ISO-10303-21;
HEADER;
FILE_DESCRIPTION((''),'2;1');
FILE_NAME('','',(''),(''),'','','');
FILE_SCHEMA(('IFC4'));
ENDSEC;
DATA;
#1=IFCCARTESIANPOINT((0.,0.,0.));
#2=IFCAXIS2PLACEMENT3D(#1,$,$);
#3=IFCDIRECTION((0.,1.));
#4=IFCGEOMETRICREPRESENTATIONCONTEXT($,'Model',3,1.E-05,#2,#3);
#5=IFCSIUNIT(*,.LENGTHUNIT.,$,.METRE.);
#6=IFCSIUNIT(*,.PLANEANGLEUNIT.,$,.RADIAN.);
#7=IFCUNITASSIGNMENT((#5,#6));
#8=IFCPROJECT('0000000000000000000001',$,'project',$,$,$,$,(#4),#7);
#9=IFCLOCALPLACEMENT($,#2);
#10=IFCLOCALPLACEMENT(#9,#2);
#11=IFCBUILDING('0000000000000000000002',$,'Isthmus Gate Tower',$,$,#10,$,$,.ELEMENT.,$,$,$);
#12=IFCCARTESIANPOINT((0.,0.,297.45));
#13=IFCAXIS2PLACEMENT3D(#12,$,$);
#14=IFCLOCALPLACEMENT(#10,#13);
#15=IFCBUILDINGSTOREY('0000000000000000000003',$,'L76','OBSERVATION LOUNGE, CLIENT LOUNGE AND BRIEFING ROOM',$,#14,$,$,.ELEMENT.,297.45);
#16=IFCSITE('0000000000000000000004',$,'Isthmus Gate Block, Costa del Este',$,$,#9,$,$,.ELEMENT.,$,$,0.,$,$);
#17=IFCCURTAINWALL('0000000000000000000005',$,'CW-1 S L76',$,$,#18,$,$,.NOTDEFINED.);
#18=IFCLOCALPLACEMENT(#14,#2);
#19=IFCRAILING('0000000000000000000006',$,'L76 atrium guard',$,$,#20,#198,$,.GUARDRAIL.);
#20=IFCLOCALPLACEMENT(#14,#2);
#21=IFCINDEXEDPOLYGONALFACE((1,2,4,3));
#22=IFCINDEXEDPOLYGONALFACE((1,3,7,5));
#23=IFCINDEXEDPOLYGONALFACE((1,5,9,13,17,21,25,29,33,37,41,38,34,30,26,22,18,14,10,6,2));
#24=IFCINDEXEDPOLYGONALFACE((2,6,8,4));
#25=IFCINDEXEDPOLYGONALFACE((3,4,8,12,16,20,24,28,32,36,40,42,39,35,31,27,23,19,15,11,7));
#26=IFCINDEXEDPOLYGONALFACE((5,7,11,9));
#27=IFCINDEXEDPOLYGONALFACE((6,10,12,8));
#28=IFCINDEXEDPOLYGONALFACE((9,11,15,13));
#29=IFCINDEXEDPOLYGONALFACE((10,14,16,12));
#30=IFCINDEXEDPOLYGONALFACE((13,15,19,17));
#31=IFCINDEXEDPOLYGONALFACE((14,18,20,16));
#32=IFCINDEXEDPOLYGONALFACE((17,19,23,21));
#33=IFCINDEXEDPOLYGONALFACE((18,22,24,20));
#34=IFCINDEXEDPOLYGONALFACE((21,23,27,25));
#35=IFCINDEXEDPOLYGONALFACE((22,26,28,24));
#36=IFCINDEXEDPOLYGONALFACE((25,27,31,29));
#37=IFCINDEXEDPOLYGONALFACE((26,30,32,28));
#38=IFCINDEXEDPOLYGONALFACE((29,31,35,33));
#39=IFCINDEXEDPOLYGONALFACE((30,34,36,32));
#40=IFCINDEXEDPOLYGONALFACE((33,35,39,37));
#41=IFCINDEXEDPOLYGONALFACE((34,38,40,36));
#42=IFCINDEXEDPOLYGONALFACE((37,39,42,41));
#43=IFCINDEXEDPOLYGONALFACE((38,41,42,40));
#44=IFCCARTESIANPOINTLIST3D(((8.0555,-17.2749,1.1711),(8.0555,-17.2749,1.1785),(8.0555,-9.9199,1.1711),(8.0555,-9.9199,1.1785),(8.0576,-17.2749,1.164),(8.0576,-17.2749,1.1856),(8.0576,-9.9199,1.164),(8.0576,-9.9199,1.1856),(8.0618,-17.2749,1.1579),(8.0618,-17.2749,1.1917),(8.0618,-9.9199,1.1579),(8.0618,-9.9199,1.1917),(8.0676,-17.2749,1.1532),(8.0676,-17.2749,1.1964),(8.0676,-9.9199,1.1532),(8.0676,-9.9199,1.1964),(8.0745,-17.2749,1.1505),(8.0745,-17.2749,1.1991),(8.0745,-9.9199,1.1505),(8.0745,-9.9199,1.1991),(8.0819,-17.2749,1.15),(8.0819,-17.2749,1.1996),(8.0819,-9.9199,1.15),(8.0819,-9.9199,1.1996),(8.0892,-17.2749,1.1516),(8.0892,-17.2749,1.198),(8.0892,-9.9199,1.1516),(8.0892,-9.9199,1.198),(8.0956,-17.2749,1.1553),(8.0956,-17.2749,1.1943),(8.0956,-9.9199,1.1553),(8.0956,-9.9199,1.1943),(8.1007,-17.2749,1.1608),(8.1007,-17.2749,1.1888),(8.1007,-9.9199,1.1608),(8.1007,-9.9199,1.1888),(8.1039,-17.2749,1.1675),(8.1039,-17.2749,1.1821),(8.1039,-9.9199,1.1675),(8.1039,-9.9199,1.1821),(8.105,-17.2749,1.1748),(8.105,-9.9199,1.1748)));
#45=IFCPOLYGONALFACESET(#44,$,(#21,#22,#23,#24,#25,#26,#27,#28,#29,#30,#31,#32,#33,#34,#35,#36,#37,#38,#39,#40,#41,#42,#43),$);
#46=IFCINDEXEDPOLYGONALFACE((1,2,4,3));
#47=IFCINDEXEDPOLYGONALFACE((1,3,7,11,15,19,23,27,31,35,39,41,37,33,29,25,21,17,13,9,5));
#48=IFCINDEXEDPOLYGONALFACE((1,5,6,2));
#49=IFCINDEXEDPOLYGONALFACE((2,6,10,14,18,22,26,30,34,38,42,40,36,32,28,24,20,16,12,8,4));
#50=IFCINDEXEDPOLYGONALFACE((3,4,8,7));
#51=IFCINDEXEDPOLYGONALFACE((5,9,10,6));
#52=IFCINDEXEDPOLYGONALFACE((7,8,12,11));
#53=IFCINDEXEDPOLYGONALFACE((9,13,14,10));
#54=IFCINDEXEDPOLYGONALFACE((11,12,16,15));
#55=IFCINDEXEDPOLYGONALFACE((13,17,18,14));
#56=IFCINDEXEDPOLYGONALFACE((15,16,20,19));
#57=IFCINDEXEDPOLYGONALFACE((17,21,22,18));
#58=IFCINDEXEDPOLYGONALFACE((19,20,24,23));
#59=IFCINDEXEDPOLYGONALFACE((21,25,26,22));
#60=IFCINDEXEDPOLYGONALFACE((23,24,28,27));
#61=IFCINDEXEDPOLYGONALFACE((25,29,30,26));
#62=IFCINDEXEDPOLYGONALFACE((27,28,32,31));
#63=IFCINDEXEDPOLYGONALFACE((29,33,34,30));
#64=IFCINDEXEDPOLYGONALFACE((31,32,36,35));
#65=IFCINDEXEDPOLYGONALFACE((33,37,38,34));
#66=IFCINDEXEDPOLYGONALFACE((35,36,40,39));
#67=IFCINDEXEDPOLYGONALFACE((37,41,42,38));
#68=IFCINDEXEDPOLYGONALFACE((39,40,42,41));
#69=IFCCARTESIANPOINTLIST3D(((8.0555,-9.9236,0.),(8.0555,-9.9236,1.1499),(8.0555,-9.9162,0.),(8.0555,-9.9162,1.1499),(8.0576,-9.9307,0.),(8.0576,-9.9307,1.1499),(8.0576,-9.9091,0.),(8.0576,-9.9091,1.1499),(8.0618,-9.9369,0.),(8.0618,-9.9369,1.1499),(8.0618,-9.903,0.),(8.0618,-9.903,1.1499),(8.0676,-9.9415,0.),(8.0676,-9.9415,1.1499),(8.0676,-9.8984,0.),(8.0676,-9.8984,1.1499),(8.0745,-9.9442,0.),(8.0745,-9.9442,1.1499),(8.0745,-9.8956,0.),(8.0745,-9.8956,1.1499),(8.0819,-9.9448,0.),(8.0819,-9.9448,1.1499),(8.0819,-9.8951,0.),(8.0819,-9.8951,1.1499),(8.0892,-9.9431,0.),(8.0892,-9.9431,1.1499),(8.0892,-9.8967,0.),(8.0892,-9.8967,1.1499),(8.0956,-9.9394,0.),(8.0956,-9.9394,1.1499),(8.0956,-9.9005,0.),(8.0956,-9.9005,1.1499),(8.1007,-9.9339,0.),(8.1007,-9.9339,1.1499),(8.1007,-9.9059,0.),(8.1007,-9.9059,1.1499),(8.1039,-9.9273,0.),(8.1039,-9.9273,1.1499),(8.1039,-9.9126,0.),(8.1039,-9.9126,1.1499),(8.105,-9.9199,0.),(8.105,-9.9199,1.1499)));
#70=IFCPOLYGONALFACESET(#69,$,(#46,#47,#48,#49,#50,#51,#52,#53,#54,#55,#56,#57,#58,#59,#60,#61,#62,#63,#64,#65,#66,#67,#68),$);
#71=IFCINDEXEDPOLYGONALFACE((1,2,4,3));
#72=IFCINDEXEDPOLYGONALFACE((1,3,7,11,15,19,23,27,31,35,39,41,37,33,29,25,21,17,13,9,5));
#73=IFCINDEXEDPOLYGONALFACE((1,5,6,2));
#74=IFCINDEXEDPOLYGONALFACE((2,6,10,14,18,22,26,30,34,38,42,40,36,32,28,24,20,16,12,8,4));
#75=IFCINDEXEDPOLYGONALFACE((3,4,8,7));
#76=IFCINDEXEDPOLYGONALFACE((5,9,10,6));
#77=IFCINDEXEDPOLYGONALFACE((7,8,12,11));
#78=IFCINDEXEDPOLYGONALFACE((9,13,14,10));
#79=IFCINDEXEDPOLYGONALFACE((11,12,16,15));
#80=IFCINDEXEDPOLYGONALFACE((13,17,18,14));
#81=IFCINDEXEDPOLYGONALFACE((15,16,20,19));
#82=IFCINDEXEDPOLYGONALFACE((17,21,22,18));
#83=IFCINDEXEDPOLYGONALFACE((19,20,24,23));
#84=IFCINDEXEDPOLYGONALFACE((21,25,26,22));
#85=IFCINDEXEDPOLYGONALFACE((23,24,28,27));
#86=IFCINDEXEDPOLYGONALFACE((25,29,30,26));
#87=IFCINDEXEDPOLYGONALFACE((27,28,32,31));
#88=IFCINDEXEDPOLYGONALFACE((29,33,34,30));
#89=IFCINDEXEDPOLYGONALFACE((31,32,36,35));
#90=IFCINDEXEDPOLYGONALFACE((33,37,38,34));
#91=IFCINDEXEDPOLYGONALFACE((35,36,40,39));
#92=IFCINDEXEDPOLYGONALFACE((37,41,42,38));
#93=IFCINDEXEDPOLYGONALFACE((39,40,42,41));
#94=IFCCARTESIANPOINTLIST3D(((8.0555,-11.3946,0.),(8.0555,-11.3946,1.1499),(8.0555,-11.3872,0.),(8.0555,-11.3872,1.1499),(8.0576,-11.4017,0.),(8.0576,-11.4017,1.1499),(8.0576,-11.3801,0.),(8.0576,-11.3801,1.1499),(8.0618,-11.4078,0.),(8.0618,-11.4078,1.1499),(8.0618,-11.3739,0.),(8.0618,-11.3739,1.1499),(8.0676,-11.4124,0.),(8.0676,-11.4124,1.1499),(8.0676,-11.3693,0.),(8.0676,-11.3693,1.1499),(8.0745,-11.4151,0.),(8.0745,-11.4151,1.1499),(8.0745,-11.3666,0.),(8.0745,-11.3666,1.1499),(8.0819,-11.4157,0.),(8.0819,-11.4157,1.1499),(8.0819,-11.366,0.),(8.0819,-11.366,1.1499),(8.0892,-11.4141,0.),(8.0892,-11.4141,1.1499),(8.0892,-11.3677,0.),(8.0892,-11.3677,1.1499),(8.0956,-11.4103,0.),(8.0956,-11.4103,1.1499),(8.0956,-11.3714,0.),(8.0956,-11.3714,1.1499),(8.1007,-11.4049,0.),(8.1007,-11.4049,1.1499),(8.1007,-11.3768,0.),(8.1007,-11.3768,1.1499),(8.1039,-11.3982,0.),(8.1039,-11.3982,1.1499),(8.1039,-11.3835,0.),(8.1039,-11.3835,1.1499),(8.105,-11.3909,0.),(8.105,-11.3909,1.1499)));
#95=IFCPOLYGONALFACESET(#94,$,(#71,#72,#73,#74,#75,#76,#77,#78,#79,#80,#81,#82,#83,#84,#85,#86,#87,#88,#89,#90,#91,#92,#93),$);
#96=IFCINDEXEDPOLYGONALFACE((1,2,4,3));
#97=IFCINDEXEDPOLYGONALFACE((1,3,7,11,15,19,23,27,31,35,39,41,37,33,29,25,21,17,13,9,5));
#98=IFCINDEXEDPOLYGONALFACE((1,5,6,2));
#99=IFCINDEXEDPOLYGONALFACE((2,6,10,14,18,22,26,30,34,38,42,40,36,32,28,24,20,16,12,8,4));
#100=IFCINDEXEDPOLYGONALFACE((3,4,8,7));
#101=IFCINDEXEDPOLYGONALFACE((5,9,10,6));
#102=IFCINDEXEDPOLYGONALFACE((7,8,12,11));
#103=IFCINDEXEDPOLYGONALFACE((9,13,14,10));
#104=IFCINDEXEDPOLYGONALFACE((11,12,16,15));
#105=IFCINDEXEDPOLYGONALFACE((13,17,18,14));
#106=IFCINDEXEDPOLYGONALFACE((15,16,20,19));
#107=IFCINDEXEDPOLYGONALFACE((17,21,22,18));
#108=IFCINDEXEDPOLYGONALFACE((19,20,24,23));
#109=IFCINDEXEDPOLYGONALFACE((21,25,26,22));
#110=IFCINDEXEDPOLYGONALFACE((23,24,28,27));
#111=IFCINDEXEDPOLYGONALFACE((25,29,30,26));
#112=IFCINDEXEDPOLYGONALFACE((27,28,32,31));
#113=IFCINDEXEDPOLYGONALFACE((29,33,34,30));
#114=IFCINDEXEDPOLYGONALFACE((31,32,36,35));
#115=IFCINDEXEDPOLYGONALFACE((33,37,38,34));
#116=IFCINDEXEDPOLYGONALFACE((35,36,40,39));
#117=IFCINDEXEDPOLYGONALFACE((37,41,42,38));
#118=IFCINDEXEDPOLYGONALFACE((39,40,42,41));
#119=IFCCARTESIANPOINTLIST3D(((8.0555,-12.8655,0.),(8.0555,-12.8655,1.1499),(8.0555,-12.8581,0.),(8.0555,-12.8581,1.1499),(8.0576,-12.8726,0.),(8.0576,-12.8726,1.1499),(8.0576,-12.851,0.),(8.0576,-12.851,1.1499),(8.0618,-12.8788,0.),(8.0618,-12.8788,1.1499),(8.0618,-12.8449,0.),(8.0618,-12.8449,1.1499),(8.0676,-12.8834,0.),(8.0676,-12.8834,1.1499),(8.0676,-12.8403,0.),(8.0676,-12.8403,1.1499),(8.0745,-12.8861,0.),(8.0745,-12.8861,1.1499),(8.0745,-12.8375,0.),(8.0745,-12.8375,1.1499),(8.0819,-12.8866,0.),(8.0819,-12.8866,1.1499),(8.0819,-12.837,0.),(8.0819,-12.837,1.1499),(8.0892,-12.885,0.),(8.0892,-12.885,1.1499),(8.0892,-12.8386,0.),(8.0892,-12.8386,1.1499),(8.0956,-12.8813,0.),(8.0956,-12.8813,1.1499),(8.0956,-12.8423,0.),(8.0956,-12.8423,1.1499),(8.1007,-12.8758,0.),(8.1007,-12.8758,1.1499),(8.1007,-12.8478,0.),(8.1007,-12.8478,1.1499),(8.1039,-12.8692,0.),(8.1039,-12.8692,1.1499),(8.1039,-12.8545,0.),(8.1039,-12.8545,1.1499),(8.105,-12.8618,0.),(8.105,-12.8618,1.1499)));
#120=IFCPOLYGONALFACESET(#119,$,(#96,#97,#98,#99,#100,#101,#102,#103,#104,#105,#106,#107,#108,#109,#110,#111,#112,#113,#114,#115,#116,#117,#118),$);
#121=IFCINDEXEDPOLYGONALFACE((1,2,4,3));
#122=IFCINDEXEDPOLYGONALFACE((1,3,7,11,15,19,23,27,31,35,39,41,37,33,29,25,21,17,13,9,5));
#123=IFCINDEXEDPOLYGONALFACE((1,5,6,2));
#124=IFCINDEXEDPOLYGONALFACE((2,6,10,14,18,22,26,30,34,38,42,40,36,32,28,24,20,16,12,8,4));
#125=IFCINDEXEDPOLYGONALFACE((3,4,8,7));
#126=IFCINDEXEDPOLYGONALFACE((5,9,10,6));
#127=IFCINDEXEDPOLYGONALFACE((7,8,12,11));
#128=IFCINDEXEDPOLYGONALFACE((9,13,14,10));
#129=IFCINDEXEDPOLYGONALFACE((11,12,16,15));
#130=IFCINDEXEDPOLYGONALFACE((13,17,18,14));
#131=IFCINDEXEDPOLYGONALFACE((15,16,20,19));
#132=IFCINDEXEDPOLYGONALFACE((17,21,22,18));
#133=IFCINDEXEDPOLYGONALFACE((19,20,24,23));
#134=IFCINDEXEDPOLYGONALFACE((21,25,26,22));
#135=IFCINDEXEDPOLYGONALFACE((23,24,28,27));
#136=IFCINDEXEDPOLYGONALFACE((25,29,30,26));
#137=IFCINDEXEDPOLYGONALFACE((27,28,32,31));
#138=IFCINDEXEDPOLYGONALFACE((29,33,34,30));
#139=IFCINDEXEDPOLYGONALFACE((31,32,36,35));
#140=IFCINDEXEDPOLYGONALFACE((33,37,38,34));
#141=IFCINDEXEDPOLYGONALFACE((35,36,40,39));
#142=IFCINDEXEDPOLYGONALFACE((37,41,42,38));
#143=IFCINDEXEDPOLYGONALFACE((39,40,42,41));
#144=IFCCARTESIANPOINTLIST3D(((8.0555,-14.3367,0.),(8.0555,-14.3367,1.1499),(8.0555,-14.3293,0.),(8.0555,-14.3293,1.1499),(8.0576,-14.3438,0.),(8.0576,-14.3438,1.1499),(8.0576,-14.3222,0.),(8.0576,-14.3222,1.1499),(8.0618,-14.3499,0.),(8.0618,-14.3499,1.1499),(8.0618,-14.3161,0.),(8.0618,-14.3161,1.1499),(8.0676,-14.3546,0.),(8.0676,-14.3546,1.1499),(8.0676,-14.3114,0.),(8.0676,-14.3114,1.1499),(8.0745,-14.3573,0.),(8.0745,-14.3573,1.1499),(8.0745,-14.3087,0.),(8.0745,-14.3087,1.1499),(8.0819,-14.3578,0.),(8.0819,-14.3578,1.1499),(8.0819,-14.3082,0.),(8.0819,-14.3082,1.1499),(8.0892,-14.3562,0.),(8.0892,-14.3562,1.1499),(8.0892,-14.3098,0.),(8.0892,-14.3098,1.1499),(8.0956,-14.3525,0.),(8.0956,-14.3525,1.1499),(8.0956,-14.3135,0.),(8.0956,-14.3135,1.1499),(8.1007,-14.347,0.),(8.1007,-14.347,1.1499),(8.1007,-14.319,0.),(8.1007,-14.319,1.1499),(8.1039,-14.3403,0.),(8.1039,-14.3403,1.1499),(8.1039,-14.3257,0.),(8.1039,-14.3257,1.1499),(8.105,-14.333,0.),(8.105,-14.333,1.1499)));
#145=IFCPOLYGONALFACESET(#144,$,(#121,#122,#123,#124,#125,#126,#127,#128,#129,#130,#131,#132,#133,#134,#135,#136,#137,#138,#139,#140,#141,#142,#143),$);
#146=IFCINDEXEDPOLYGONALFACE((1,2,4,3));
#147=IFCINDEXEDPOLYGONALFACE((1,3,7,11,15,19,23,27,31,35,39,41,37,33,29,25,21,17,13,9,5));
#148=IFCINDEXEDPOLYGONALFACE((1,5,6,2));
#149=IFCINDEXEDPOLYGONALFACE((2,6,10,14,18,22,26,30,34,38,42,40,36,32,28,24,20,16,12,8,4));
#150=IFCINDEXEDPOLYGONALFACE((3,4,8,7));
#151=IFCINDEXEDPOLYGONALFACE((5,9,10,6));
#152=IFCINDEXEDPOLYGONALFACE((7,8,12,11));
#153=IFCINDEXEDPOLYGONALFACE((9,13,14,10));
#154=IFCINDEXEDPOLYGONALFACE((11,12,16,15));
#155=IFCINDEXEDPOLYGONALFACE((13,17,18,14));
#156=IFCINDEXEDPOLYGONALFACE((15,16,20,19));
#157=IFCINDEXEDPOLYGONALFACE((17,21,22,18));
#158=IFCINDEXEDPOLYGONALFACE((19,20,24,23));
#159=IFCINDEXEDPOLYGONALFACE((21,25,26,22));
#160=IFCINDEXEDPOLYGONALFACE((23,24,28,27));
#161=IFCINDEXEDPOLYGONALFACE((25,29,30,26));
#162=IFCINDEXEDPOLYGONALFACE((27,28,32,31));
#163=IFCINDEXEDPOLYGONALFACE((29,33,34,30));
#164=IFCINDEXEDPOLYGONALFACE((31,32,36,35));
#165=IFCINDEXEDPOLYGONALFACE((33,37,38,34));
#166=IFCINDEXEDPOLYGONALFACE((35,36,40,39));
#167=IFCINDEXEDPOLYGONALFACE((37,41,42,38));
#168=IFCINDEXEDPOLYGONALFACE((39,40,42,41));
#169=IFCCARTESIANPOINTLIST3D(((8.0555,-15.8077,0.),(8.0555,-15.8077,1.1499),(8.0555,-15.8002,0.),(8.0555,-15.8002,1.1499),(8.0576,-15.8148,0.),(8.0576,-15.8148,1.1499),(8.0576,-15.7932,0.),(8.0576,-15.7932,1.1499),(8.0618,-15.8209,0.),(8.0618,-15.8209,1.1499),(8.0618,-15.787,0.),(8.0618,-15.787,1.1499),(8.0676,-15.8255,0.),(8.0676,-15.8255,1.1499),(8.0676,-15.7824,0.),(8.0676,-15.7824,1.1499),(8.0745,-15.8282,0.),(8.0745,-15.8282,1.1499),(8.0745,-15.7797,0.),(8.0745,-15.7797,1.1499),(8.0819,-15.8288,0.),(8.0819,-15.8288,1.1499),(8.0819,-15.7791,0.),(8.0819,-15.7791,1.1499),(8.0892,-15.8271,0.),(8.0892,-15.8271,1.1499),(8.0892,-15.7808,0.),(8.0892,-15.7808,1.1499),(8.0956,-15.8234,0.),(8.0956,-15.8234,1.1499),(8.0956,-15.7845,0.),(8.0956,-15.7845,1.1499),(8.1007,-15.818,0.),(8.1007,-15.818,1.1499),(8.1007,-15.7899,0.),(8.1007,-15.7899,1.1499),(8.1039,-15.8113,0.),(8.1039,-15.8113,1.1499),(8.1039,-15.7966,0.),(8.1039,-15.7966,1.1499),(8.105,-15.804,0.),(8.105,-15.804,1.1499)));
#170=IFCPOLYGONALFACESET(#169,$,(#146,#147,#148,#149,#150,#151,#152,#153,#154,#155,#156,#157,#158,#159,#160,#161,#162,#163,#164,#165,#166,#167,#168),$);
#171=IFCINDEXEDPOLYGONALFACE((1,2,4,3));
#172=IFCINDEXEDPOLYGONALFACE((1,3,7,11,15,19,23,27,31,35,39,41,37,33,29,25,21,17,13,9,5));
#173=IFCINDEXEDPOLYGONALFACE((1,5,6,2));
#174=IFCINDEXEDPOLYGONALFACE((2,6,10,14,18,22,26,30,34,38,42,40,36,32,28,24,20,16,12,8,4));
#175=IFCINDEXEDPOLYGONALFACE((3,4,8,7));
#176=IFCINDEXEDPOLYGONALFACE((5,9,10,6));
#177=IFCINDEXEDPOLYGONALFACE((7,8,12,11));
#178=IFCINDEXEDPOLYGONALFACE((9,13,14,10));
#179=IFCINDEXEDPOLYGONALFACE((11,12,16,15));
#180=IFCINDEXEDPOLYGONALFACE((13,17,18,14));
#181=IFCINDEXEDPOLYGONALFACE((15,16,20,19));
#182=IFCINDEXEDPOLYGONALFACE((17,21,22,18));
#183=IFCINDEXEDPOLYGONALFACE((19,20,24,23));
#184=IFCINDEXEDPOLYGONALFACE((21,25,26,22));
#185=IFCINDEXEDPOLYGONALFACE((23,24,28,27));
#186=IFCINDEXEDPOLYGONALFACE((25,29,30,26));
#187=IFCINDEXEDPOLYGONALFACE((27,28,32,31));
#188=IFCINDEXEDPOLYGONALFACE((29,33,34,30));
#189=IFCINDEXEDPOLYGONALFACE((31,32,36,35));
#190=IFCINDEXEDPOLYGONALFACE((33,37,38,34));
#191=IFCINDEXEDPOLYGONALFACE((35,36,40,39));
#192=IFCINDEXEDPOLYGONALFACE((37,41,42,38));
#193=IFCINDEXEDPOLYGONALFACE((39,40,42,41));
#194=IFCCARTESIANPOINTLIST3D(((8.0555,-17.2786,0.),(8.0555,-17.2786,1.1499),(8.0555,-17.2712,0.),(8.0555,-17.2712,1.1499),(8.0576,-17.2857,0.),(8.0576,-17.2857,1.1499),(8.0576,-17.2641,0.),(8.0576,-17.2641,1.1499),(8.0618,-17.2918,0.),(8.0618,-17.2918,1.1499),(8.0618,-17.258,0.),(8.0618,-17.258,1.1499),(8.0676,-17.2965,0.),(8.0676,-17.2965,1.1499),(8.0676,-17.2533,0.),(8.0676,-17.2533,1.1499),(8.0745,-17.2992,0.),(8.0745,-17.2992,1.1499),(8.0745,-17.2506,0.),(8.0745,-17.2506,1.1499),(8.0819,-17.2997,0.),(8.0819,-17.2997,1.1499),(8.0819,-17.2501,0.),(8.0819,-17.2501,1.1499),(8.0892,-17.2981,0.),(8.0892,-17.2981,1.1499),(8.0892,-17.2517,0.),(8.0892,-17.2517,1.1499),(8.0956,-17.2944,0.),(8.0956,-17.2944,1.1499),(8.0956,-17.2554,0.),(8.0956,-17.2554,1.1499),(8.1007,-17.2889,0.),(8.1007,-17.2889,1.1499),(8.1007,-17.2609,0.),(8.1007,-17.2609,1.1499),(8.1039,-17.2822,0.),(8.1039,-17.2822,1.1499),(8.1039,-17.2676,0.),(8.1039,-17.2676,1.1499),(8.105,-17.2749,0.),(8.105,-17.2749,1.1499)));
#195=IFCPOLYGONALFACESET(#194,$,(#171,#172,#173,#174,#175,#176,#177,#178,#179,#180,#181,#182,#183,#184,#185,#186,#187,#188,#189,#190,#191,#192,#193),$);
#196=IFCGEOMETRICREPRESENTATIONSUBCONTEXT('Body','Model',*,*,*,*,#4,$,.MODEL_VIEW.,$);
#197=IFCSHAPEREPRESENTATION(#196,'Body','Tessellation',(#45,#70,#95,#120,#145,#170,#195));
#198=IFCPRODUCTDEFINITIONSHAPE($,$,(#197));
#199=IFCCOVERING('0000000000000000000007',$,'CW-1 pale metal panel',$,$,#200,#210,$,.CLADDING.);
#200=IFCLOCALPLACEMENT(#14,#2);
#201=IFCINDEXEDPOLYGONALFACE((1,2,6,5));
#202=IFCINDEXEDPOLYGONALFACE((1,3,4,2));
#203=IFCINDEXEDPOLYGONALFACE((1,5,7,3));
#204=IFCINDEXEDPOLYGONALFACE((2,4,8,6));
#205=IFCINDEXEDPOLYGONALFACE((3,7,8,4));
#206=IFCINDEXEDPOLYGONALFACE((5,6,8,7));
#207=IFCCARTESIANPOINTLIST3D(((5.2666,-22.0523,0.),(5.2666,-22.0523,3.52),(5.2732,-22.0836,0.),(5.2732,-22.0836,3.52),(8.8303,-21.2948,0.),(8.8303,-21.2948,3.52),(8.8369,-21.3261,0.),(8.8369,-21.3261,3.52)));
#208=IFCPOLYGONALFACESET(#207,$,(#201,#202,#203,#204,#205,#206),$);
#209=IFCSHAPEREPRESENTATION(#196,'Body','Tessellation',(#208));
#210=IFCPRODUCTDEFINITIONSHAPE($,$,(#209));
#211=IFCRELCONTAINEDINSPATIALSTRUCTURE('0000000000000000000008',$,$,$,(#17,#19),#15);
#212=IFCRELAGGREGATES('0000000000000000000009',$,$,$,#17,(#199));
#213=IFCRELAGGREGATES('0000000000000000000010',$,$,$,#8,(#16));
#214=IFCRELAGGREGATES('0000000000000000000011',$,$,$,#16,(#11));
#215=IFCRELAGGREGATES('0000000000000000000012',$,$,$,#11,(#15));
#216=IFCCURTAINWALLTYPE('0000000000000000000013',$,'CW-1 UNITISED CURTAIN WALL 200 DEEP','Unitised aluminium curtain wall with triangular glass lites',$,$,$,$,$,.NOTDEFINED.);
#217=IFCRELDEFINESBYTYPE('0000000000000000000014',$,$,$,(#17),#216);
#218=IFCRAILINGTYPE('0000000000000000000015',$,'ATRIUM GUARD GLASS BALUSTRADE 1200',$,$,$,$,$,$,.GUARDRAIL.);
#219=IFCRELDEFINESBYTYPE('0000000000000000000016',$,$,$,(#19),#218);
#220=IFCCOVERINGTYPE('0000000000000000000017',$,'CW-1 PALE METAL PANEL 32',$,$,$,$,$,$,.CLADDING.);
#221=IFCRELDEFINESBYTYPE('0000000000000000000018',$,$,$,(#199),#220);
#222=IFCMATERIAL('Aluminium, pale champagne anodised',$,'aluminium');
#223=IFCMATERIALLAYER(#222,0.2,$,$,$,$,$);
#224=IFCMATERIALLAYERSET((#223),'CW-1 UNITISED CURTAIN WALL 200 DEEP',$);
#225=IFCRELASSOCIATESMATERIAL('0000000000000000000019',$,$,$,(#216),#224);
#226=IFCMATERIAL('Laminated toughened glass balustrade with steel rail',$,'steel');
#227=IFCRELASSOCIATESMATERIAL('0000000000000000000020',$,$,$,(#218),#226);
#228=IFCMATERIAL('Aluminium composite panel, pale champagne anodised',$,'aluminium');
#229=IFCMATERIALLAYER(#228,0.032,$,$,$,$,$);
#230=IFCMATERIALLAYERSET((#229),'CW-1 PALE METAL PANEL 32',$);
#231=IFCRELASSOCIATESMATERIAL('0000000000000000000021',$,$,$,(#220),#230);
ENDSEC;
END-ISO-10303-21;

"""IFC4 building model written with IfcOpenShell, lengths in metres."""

from ifc_helpers import new_model, si_unit, direction, frame, origin, origin_2d, place, context, subcontext, project, spatial, rectangle, circle, extrude, material, layer, layer_set, type_object, element, aggregate, save


model = new_model("IFC4")

# Units and contexts
model_context = context("Model", 3, precision=1e-05, world=origin(), true_north=direction((0.0, 1.0)))
body_context = subcontext(model_context, "Body", "Model", "MODEL_VIEW")
ifc_project = project(units=[si_unit("LENGTHUNIT", "METRE"), si_unit("PLANEANGLEUNIT", "RADIAN")], contexts=[model_context])

# Site, building, storey
site_placement = place(None, origin())
site = spatial("IfcSite", under=ifc_project, at=site_placement, Name="Isthmus Gate Block, Costa del Este", CompositionType="ELEMENT", RefElevation=0.0)
building_placement = place(site_placement, origin())
building = spatial("IfcBuilding", under=site, at=building_placement, Name="Isthmus Gate Tower", CompositionType="ELEMENT")
storey_placement = place(building_placement, frame((0.0, 0.0, 297.45)))
storey = spatial("IfcBuildingStorey", under=building, at=storey_placement, Name="L76", Description="OBSERVATION LOUNGE, CLIENT LOUNGE AND BRIEFING ROOM", CompositionType="ELEMENT", Elevation=297.45)

# Curtain wall
ifc_material_1 = material(Name="Aluminium, pale champagne anodised", Category="aluminium")
ifc_layer_1 = layer(ifc_material_1, 0.2)
ifc_layer_set_1 = layer_set([ifc_layer_1], Name="CW-1 UNITISED CURTAIN WALL 200 DEEP")
curtain_wall_type = type_object("IfcCurtainWallType", Name="CW-1 UNITISED CURTAIN WALL 200 DEEP", Description="Unitised aluminium curtain wall with triangular glass lites", PredefinedType="NOTDEFINED", material=ifc_layer_set_1)
curtain_wall_placement = place(storey_placement, origin())
curtain_wall = element("IfcCurtainWall", 1, at=curtain_wall_placement, inside=storey, type_object=curtain_wall_type, Name="CW-1 S L76", PredefinedType="NOTDEFINED")

# Railing
ifc_material_2 = material(Name="Laminated toughened glass balustrade with steel rail", Category="steel")
railing_type = type_object("IfcRailingType", Name="ATRIUM GUARD GLASS BALUSTRADE 1200", PredefinedType="GUARDRAIL", material=ifc_material_2)
railing_1_placement = place(storey_placement, frame((8.0801, -9.9199, 0.0)))
element("IfcRailing", 2, at=railing_1_placement, inside=storey, type_object=railing_type, Name="L76 atrium guard", PredefinedType="GUARDRAIL", context=body_context, shape_type="SweptSolid", body=[
    extrude(circle(Radius=0.0249, at=origin_2d()), frame((0.0, 0.0, 1.1748), z_axis=(0.0, -1.0, 0.0), x_axis=(1.0, 0.0, 0.0)), (0.0, 0.0, 1.0), 7.355),
    extrude(circle(Radius=0.0249, at=origin_2d()), origin(), (0.0, 0.0, 1.0), 1.1499),
    extrude(circle(Radius=0.0249, at=origin_2d()), frame((0.0, -1.4709, 0.0)), (0.0, 0.0, 1.0), 1.1499),
    extrude(circle(Radius=0.0249, at=origin_2d()), frame((0.0, -2.9419, 0.0)), (0.0, 0.0, 1.0), 1.1499),
    extrude(circle(Radius=0.0249, at=origin_2d()), frame((0.0, -4.4131, 0.0)), (0.0, 0.0, 1.0), 1.1499),
    extrude(circle(Radius=0.0249, at=origin_2d()), frame((0.0, -5.884, 0.0)), (0.0, 0.0, 1.0), 1.1499),
    extrude(circle(Radius=0.0249, at=origin_2d()), frame((0.0, -7.355, 0.0)), (0.0, 0.0, 1.0), 1.1499),
])

# Covering
ifc_material_3 = material(Name="Aluminium composite panel, pale champagne anodised", Category="aluminium")
ifc_layer_2 = layer(ifc_material_3, 0.032)
ifc_layer_set_2 = layer_set([ifc_layer_2], Name="CW-1 PALE METAL PANEL 32")
covering_type = type_object("IfcCoveringType", Name="CW-1 PALE METAL PANEL 32", PredefinedType="CLADDING", material=ifc_layer_set_2)
covering_1_placement = place(storey_placement, frame((7.0518, -21.6892, 0.0), z_axis=(0.0, 0.0, 1.0), x_axis=(0.978148, 0.207912, 0.0)))
covering_1 = element("IfcCovering", 3, at=covering_1_placement, type_object=covering_type, Name="CW-1 pale metal panel", PredefinedType="CLADDING", context=body_context, shape_type="SweptSolid", body=[
    extrude(rectangle(XDim=3.6433, YDim=0.032, at=origin_2d()), origin(), (0.0, 0.0, 1.0), 3.52),
])
aggregate(curtain_wall, [covering_1])

save(model, "model.ifc")
